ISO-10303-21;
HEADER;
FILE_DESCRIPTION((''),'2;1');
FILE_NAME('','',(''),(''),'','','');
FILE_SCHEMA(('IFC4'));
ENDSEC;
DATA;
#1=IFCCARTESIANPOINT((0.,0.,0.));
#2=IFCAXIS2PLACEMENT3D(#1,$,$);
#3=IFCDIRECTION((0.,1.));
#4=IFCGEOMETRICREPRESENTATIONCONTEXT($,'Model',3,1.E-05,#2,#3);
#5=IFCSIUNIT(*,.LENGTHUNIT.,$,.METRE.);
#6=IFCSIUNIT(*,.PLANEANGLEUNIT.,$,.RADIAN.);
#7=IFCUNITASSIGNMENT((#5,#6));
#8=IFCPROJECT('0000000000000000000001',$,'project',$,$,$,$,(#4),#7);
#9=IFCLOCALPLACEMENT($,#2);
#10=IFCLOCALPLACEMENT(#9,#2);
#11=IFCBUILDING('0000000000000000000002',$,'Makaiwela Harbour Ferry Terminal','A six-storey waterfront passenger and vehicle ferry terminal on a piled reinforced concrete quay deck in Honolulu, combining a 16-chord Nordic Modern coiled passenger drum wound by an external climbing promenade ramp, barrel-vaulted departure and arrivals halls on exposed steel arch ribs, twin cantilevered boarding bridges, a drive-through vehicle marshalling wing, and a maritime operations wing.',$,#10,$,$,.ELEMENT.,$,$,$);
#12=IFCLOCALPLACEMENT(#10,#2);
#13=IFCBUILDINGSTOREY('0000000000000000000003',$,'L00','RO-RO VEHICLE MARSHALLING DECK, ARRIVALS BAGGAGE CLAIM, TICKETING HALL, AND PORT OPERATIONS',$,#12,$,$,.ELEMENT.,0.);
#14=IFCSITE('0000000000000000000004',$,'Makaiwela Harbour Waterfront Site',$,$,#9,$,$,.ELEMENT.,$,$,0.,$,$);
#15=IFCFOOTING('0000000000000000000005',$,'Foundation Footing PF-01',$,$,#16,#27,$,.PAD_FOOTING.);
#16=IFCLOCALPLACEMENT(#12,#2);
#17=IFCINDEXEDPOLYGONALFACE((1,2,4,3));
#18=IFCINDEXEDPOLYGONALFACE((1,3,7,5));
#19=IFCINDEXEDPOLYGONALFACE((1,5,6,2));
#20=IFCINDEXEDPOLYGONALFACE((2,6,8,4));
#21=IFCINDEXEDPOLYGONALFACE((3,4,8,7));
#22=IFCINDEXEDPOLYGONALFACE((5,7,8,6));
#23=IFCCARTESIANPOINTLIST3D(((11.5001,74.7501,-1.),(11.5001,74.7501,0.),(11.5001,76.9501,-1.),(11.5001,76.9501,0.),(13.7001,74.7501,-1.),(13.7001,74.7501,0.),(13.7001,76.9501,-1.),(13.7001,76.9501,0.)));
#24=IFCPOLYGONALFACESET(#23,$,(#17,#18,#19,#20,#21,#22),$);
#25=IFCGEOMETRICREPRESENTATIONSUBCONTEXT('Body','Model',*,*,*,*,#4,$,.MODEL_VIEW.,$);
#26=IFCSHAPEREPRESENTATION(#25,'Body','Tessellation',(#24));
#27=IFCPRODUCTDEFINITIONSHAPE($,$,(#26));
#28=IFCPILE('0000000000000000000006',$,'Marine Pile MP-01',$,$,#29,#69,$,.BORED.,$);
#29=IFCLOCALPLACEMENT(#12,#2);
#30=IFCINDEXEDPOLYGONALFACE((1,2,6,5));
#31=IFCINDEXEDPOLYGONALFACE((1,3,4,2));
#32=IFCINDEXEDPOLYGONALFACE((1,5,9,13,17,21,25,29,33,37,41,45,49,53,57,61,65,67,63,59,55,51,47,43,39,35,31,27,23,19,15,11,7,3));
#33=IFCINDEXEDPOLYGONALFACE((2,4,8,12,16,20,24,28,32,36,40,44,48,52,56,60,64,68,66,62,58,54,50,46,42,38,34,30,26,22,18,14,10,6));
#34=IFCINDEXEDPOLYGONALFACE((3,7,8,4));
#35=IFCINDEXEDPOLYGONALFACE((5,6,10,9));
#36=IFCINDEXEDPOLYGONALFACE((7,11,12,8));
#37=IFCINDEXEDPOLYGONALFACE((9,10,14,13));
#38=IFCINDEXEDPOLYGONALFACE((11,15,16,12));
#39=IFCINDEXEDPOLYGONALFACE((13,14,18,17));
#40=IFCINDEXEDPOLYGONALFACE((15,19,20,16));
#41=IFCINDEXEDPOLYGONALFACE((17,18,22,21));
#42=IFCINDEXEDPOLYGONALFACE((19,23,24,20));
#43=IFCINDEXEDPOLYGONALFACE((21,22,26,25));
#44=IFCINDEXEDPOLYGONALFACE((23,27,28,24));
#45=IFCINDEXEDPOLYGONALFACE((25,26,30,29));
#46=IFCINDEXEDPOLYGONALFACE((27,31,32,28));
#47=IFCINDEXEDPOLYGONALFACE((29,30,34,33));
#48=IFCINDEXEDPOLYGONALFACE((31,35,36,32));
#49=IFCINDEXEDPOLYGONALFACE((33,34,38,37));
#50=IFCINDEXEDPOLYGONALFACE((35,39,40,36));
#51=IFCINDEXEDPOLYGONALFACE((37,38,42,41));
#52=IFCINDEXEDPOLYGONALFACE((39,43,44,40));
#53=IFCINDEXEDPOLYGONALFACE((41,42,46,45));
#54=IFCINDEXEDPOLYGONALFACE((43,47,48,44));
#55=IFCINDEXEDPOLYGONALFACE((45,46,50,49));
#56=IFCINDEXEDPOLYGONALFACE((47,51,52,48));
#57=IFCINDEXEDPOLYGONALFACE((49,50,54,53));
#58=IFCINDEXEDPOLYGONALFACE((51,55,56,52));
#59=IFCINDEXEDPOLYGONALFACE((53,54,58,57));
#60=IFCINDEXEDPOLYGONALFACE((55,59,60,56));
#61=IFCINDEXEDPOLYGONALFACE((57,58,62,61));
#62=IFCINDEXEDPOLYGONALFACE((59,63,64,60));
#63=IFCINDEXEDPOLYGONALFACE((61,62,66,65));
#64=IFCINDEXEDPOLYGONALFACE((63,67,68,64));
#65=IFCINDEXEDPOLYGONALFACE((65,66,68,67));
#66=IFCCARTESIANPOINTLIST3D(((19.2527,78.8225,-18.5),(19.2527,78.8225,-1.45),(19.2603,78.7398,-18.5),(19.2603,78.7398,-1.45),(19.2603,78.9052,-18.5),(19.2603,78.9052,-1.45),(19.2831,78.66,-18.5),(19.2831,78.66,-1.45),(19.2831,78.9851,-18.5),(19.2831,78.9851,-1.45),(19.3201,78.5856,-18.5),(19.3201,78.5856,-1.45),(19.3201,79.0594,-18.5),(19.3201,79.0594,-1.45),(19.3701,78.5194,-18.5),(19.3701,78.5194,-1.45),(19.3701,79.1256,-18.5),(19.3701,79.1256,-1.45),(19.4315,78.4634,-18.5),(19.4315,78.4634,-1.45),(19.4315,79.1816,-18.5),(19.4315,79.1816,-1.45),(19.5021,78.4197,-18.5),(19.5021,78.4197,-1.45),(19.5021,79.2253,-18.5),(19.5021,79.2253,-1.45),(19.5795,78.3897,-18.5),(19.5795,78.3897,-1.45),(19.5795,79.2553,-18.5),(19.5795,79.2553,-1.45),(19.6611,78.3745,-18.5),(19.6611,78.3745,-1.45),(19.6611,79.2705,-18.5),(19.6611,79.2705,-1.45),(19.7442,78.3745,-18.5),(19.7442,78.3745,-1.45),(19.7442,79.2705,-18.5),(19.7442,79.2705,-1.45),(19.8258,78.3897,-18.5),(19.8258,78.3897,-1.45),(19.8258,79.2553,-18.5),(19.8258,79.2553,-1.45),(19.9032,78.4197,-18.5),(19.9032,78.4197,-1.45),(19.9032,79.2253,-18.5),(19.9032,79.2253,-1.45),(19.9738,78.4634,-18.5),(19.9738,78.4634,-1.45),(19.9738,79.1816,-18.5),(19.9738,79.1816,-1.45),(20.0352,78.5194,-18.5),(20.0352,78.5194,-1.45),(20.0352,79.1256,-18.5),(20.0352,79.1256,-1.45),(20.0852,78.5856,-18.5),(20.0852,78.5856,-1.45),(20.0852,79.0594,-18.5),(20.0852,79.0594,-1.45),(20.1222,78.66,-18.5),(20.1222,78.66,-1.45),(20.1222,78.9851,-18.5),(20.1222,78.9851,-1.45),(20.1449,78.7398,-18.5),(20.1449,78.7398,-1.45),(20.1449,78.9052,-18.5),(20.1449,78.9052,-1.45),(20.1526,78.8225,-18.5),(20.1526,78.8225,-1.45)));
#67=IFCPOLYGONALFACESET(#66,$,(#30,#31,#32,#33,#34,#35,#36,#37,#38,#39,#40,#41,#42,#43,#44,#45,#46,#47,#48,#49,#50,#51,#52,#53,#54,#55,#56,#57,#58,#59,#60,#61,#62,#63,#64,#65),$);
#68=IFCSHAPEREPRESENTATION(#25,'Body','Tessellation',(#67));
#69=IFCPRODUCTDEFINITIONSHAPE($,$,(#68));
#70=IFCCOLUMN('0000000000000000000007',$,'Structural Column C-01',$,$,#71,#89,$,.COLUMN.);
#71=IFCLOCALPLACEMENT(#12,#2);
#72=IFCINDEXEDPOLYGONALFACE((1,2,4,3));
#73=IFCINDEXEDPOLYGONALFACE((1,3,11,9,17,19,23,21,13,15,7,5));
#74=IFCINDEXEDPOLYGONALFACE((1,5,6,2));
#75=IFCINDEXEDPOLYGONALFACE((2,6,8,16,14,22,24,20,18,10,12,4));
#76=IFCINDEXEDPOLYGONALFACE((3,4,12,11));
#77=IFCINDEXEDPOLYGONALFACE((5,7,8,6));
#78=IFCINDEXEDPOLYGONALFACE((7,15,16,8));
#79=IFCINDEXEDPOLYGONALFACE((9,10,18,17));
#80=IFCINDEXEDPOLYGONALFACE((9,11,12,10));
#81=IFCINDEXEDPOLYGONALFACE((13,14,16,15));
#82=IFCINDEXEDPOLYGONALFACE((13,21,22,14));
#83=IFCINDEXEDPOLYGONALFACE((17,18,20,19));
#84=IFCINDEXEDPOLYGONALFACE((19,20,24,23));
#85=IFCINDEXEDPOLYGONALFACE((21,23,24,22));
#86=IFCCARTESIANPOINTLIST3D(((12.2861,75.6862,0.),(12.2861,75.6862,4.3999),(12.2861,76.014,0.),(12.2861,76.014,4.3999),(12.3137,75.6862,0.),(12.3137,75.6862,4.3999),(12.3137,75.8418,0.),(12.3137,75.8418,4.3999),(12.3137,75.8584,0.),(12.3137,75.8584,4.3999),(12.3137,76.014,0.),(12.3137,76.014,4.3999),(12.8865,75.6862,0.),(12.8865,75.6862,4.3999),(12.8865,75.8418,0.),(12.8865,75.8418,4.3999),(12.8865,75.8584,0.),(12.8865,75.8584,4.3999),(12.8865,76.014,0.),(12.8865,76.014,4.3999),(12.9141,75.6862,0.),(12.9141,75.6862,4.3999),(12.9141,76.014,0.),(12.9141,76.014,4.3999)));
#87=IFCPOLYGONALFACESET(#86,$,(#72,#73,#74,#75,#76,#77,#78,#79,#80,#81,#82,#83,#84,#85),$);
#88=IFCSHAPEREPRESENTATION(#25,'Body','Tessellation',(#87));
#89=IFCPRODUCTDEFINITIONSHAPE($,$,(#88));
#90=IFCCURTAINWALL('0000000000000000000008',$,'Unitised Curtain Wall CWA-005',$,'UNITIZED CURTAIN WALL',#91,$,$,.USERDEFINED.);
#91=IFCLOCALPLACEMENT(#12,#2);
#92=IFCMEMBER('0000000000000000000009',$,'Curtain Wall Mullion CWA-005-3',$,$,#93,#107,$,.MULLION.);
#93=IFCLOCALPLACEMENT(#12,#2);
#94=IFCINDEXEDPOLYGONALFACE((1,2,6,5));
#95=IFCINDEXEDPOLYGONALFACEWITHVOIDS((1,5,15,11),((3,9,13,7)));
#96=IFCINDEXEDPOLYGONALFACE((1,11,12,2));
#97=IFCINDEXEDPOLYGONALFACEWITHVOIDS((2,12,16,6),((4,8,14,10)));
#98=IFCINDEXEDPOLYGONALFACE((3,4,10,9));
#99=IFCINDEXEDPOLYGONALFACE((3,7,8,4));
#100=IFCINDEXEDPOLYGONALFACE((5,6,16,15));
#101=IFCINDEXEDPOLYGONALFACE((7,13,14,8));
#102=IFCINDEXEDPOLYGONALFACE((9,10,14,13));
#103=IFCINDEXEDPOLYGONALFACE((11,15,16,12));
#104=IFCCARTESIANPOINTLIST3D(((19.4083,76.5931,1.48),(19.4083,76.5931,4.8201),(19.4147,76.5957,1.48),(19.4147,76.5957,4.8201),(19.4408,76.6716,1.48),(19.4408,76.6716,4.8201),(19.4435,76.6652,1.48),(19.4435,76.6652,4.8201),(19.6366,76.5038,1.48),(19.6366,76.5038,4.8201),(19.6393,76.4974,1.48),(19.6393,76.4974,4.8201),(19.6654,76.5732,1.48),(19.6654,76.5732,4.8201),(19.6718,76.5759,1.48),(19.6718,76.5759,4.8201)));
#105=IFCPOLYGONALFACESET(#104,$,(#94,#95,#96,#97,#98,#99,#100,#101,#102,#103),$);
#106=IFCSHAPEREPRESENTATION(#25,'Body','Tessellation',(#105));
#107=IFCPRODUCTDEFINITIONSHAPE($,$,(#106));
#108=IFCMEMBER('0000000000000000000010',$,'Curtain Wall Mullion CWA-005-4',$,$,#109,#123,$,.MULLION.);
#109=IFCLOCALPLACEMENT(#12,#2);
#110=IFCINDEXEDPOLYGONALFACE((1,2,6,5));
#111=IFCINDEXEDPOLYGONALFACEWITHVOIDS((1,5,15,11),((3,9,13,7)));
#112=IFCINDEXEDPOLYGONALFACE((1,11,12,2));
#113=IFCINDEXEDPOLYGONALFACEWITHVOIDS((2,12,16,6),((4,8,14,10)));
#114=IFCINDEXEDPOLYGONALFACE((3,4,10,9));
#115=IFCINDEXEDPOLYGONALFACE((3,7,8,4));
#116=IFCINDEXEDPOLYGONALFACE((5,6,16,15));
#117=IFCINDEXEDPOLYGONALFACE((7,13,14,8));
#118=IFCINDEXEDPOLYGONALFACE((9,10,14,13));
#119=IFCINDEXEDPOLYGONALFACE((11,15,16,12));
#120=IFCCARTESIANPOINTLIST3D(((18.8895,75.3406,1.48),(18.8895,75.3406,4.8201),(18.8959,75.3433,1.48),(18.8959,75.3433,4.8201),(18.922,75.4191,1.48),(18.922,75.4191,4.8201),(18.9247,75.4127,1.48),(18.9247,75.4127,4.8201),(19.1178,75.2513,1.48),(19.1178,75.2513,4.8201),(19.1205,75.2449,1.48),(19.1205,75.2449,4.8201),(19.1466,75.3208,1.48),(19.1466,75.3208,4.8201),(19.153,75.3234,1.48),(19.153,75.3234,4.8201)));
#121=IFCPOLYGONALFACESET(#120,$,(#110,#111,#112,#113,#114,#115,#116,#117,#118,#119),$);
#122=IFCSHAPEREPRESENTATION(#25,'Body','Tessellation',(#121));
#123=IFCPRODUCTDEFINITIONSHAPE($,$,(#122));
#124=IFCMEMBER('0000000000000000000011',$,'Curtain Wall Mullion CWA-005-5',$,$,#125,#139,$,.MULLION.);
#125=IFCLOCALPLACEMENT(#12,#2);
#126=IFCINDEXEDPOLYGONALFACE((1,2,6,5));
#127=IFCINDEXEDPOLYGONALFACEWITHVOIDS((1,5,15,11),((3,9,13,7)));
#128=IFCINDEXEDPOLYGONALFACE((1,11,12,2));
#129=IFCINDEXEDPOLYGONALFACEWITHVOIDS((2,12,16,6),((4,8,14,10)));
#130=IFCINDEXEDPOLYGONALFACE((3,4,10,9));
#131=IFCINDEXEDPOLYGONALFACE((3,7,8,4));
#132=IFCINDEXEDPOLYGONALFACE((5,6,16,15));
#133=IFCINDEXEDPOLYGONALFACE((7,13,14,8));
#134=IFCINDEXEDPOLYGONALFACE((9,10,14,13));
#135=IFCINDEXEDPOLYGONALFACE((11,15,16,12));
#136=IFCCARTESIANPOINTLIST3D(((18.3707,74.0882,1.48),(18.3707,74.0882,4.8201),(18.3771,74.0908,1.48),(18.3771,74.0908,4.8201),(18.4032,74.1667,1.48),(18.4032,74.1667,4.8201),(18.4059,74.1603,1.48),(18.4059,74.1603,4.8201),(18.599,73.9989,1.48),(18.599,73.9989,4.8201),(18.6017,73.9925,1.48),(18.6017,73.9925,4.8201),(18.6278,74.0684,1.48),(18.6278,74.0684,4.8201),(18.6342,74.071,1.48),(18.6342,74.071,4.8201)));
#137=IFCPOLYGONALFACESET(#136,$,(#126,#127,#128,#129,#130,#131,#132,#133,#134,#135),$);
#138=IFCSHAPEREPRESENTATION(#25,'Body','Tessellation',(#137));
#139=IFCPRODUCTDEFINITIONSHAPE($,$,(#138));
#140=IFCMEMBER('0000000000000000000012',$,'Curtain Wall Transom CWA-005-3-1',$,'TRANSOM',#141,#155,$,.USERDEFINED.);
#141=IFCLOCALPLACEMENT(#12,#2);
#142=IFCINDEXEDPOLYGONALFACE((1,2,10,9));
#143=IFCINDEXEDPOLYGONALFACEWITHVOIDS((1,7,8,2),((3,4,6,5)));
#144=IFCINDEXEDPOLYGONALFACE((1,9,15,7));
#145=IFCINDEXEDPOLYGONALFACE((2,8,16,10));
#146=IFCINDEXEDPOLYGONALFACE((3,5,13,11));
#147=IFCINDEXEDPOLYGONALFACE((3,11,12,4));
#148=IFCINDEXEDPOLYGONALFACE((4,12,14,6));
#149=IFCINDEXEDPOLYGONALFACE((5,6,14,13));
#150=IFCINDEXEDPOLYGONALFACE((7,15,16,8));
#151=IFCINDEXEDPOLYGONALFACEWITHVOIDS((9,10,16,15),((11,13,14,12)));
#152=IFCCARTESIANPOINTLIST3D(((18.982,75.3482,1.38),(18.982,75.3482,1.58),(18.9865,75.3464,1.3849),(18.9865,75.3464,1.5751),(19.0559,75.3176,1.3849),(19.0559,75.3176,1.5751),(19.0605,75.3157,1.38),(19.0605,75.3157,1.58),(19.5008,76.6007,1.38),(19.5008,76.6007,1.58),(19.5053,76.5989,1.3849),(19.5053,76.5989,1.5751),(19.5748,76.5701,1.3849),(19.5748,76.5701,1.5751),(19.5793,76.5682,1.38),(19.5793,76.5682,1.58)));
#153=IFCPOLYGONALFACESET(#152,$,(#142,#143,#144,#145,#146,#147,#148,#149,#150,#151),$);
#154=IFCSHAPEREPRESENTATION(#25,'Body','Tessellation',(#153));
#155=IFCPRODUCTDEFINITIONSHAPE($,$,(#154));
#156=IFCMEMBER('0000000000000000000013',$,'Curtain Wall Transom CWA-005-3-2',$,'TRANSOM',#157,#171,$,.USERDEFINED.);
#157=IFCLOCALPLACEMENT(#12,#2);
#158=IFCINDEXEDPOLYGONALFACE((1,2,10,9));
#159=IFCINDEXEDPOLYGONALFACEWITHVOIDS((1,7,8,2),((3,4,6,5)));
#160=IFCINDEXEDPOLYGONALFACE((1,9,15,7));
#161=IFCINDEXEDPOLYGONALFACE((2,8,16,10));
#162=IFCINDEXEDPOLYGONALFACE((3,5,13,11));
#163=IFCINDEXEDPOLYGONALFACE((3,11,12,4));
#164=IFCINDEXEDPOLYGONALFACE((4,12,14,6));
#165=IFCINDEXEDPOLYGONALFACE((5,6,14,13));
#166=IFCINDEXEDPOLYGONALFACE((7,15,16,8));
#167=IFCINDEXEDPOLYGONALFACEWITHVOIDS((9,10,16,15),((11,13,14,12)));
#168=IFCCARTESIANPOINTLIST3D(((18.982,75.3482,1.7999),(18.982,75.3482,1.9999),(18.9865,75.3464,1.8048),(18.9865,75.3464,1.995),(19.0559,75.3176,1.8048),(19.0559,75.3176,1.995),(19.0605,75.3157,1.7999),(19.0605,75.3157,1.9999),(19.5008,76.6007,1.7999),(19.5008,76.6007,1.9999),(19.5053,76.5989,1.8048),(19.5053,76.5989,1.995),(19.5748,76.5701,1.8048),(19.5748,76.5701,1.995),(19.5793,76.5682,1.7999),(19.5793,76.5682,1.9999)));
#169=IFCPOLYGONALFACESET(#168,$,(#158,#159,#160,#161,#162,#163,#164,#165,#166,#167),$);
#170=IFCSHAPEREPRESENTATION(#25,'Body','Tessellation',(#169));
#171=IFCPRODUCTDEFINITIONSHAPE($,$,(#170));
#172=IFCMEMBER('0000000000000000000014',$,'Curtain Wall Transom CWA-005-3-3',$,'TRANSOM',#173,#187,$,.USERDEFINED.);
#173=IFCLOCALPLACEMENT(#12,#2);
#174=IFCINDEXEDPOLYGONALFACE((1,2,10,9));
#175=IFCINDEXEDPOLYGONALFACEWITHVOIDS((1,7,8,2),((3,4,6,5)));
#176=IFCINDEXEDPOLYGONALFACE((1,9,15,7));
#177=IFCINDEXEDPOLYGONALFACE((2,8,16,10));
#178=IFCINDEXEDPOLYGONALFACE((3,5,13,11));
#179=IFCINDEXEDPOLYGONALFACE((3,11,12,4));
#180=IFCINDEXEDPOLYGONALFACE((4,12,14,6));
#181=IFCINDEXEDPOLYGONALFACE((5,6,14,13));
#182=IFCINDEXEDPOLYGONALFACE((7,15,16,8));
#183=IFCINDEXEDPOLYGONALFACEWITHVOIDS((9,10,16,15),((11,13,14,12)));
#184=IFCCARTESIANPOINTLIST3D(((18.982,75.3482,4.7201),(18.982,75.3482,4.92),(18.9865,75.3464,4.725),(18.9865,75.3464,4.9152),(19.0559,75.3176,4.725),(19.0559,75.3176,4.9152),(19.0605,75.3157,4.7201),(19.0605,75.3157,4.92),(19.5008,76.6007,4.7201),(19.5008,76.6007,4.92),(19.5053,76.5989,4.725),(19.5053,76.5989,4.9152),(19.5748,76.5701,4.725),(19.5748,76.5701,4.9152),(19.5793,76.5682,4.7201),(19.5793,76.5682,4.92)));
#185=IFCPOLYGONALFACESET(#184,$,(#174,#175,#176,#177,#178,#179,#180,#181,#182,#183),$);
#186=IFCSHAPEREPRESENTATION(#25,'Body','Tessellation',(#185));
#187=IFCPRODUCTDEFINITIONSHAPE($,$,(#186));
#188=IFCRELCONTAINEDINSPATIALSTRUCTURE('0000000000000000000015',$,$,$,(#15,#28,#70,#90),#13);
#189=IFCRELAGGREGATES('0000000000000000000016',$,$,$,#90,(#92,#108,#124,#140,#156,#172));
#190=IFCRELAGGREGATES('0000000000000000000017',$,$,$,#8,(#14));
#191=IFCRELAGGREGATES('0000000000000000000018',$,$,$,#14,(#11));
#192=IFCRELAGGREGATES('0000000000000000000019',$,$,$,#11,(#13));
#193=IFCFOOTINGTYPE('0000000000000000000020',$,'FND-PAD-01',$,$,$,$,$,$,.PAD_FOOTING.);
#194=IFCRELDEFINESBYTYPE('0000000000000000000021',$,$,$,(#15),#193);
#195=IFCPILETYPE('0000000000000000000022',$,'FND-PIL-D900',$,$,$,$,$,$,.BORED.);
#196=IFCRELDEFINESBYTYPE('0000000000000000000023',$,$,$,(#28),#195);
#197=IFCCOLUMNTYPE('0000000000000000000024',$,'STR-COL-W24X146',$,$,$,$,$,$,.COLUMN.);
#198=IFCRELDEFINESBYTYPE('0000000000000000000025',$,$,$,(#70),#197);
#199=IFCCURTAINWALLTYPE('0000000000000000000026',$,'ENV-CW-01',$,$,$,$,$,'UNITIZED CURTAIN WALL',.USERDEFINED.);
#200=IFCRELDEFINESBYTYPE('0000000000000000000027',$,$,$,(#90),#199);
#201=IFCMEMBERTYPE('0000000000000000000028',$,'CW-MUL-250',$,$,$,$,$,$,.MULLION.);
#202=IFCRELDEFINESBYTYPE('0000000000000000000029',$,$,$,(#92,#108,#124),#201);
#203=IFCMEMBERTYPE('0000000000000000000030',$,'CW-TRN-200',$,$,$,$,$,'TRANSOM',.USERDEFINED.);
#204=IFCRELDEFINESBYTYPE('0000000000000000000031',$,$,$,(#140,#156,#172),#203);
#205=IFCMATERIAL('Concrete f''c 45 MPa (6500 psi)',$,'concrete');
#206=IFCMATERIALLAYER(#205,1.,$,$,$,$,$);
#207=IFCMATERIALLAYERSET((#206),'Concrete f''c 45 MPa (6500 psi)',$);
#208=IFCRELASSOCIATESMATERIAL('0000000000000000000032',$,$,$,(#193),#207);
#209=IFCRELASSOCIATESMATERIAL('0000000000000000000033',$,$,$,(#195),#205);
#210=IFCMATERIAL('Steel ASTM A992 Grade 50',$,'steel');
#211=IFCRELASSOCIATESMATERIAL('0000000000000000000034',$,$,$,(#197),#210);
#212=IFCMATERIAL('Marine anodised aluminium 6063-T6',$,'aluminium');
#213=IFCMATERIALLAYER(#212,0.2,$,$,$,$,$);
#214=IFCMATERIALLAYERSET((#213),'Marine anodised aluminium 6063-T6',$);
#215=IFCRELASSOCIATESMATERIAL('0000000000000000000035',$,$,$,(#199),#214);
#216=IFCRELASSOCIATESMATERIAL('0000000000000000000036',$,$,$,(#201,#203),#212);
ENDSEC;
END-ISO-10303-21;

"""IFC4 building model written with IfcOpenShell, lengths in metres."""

from ifc_helpers import new_model, si_unit, direction, frame, origin, origin_2d, place, context, subcontext, project, spatial, rectangle, hollow_rectangle, circle, i_section, extrude, material, layer, layer_set, material_profile, profile_set, type_object, element, aggregate, save


model = new_model("IFC4")

# Units and contexts
model_context = context("Model", 3, precision=1e-05, world=origin(), true_north=direction((0.0, 1.0)))
body_context = subcontext(model_context, "Body", "Model", "MODEL_VIEW")
ifc_project = project(units=[si_unit("LENGTHUNIT", "METRE"), si_unit("PLANEANGLEUNIT", "RADIAN")], contexts=[model_context])

# Site, building, storey
site_placement = place(None, origin())
site = spatial("IfcSite", under=ifc_project, at=site_placement, Name="Makaiwela Harbour Waterfront Site", CompositionType="ELEMENT", RefElevation=0.0)
building_placement = place(site_placement, origin())
building = spatial("IfcBuilding", under=site, at=building_placement, Name="Makaiwela Harbour Ferry Terminal", Description="A six-storey waterfront passenger and vehicle ferry terminal on a piled reinforced concrete quay deck in Honolulu, combining a 16-chord Nordic Modern coiled passenger drum wound by an external climbing promenade ramp, barrel-vaulted departure and arrivals halls on exposed steel arch ribs, twin cantilevered boarding bridges, a drive-through vehicle marshalling wing, and a maritime operations wing.", CompositionType="ELEMENT")
storey_placement = place(building_placement, origin())
storey = spatial("IfcBuildingStorey", under=building, at=storey_placement, Name="L00", Description="RO-RO VEHICLE MARSHALLING DECK, ARRIVALS BAGGAGE CLAIM, TICKETING HALL, AND PORT OPERATIONS", CompositionType="ELEMENT", Elevation=0.0)

# Footing
ifc_material_1 = material(Name="Concrete f'c 45 MPa (6500 psi)", Category="concrete")
ifc_layer_1 = layer(ifc_material_1, 1.0)
ifc_layer_set_1 = layer_set([ifc_layer_1], Name="Concrete f'c 45 MPa (6500 psi)")
footing_type = type_object("IfcFootingType", Name="FND-PAD-01", PredefinedType="PAD_FOOTING", material=ifc_layer_set_1)
footing_placement = place(storey_placement, frame((12.6001, 75.8501, -1.0), z_axis=(0.0, 0.0, 1.0), x_axis=(1.0, 0.0, 0.0)))
element("IfcFooting", 1, at=footing_placement, inside=storey, type_object=footing_type, Name="Foundation Footing PF-01", PredefinedType="PAD_FOOTING", context=body_context, shape_type="SweptSolid", body=[
    extrude(rectangle(XDim=2.2, YDim=2.2, at=origin_2d()), origin(), (0.0, 0.0, 1.0), 1.0),
])

# Pile
ifc_material_profile_1 = material_profile(ifc_material_1, circle(Radius=0.45, at=origin_2d()), Name="PILE-D900")
ifc_profile_set_1 = profile_set([ifc_material_profile_1], Name="Concrete f'c 45 MPa (6500 psi)")
pile_type = type_object("IfcPileType", Name="FND-PIL-D900", PredefinedType="BORED", material=ifc_profile_set_1)
pile_placement = place(storey_placement, frame((19.7026, 78.8225, -1.45), z_axis=(0.0, 0.0, -1.0), x_axis=(1.0, 0.0, 0.0)))
element("IfcPile", 2, at=pile_placement, inside=storey, type_object=pile_type, Name="Marine Pile MP-01", PredefinedType="BORED", context=body_context, shape_type="SweptSolid", body=[
    extrude(circle(Radius=0.45, at=origin_2d()), origin(), (0.0, 0.0, 1.0), 17.05),
])

# Column
ifc_material_2 = material(Name="Steel ASTM A992 Grade 50", Category="steel")
ifc_material_profile_2 = material_profile(ifc_material_2, i_section(OverallWidth=0.3279, OverallDepth=0.6279, WebThickness=0.0166, FlangeThickness=0.0276, at=origin_2d()), Name="W24X146")
ifc_profile_set_2 = profile_set([ifc_material_profile_2], Name="Steel ASTM A992 Grade 50")
column_type = type_object("IfcColumnType", Name="STR-COL-W24X146", PredefinedType="COLUMN", material=ifc_profile_set_2)
column_placement = place(storey_placement, frame((12.6001, 75.8501, 0.0), z_axis=(0.0, 0.0, 1.0), x_axis=(0.0, 1.0, 0.0)))
element("IfcColumn", 3, at=column_placement, inside=storey, type_object=column_type, Name="Structural Column C-01", PredefinedType="COLUMN", context=body_context, shape_type="SweptSolid", body=[
    extrude(i_section(OverallWidth=0.3279, OverallDepth=0.6279, WebThickness=0.0166, FlangeThickness=0.0276, at=origin_2d()), origin(), (0.0, 0.0, 1.0), 4.3999),
])

# Curtain wall, members
ifc_material_3 = material(Name="Marine anodised aluminium 6063-T6", Category="aluminium")
ifc_layer_2 = layer(ifc_material_3, 0.2)
ifc_layer_set_2 = layer_set([ifc_layer_2], Name="Marine anodised aluminium 6063-T6")
curtain_wall_type = type_object("IfcCurtainWallType", Name="ENV-CW-01", ElementType="UNITIZED CURTAIN WALL", PredefinedType="USERDEFINED", material=ifc_layer_set_2)
curtain_wall_placement = place(storey_placement, origin())
curtain_wall = element("IfcCurtainWall", 4, at=curtain_wall_placement, inside=storey, type_object=curtain_wall_type, Name="Unitised Curtain Wall CWA-005", ObjectType="UNITIZED CURTAIN WALL", PredefinedType="USERDEFINED")
ifc_material_profile_3 = material_profile(ifc_material_3, hollow_rectangle(XDim=0.085, YDim=0.25, WallThickness=0.0049, at=origin_2d()), Name="CWM-250X85")
ifc_profile_set_3 = profile_set([ifc_material_profile_3], Name="Marine anodised aluminium 6063-T6")
member_type_1 = type_object("IfcMemberType", Name="CW-MUL-250", PredefinedType="MULLION", material=ifc_profile_set_3)
member_1_placement = place(storey_placement, frame((19.54, 76.5845, 1.48), z_axis=(0.0, 0.0, 1.0), x_axis=(0.382683, 0.92388, 0.0)))
member_1 = element("IfcMember", 5, at=member_1_placement, type_object=member_type_1, Name="Curtain Wall Mullion CWA-005-3", PredefinedType="MULLION", context=body_context, shape_type="SweptSolid", body=[
    extrude(hollow_rectangle(XDim=0.085, YDim=0.25, WallThickness=0.0049, at=origin_2d()), origin(), (0.0, 0.0, 1.0), 3.3401),
])
member_2_placement = place(storey_placement, frame((19.0212, 75.332, 1.48), z_axis=(0.0, 0.0, 1.0), x_axis=(0.382683, 0.92388, 0.0)))
member_2 = element("IfcMember", 6, at=member_2_placement, type_object=member_type_1, Name="Curtain Wall Mullion CWA-005-4", PredefinedType="MULLION", context=body_context, shape_type="SweptSolid", body=[
    extrude(hollow_rectangle(XDim=0.085, YDim=0.25, WallThickness=0.0049, at=origin_2d()), origin(), (0.0, 0.0, 1.0), 3.3401),
])
member_3_placement = place(storey_placement, frame((18.5024, 74.0796, 1.48), z_axis=(0.0, 0.0, 1.0), x_axis=(0.382683, 0.92388, 0.0)))
member_3 = element("IfcMember", 7, at=member_3_placement, type_object=member_type_1, Name="Curtain Wall Mullion CWA-005-5", PredefinedType="MULLION", context=body_context, shape_type="SweptSolid", body=[
    extrude(hollow_rectangle(XDim=0.085, YDim=0.25, WallThickness=0.0049, at=origin_2d()), origin(), (0.0, 0.0, 1.0), 3.3401),
])
ifc_material_profile_4 = material_profile(ifc_material_3, hollow_rectangle(XDim=0.085, YDim=0.2, WallThickness=0.0049, at=origin_2d()), Name="CWT-200X85")
ifc_profile_set_4 = profile_set([ifc_material_profile_4], Name="Marine anodised aluminium 6063-T6")
member_type_2 = type_object("IfcMemberType", Name="CW-TRN-200", ElementType="TRANSOM", PredefinedType="USERDEFINED", material=ifc_profile_set_4)
member_4_placement = place(storey_placement, frame((19.54, 76.5845, 1.48), z_axis=(-0.382696, -0.923874, 0.0), x_axis=(0.923874, -0.382696, 0.0)))
member_4 = element("IfcMember", 8, at=member_4_placement, type_object=member_type_2, Name="Curtain Wall Transom CWA-005-3-1", ObjectType="TRANSOM", PredefinedType="USERDEFINED", context=body_context, shape_type="SweptSolid", body=[
    extrude(hollow_rectangle(XDim=0.085, YDim=0.2, WallThickness=0.0049, at=origin_2d()), origin(), (0.0, 0.0, 1.0), 1.3557),
])
member_5_placement = place(storey_placement, frame((19.54, 76.5845, 1.8999), z_axis=(-0.382696, -0.923874, 0.0), x_axis=(0.923874, -0.382696, 0.0)))
member_5 = element("IfcMember", 9, at=member_5_placement, type_object=member_type_2, Name="Curtain Wall Transom CWA-005-3-2", ObjectType="TRANSOM", PredefinedType="USERDEFINED", context=body_context, shape_type="SweptSolid", body=[
    extrude(hollow_rectangle(XDim=0.085, YDim=0.2, WallThickness=0.0049, at=origin_2d()), origin(), (0.0, 0.0, 1.0), 1.3557),
])
member_6_placement = place(storey_placement, frame((19.54, 76.5845, 4.8201), z_axis=(-0.382696, -0.923874, 0.0), x_axis=(0.923874, -0.382696, 0.0)))
member_6 = element("IfcMember", 10, at=member_6_placement, type_object=member_type_2, Name="Curtain Wall Transom CWA-005-3-3", ObjectType="TRANSOM", PredefinedType="USERDEFINED", context=body_context, shape_type="SweptSolid", body=[
    extrude(hollow_rectangle(XDim=0.085, YDim=0.2, WallThickness=0.0049, at=origin_2d()), origin(), (0.0, 0.0, 1.0), 1.3557),
])

aggregate(curtain_wall, [member_1, member_2, member_3, member_4, member_5, member_6])

save(model, "model.ifc")
